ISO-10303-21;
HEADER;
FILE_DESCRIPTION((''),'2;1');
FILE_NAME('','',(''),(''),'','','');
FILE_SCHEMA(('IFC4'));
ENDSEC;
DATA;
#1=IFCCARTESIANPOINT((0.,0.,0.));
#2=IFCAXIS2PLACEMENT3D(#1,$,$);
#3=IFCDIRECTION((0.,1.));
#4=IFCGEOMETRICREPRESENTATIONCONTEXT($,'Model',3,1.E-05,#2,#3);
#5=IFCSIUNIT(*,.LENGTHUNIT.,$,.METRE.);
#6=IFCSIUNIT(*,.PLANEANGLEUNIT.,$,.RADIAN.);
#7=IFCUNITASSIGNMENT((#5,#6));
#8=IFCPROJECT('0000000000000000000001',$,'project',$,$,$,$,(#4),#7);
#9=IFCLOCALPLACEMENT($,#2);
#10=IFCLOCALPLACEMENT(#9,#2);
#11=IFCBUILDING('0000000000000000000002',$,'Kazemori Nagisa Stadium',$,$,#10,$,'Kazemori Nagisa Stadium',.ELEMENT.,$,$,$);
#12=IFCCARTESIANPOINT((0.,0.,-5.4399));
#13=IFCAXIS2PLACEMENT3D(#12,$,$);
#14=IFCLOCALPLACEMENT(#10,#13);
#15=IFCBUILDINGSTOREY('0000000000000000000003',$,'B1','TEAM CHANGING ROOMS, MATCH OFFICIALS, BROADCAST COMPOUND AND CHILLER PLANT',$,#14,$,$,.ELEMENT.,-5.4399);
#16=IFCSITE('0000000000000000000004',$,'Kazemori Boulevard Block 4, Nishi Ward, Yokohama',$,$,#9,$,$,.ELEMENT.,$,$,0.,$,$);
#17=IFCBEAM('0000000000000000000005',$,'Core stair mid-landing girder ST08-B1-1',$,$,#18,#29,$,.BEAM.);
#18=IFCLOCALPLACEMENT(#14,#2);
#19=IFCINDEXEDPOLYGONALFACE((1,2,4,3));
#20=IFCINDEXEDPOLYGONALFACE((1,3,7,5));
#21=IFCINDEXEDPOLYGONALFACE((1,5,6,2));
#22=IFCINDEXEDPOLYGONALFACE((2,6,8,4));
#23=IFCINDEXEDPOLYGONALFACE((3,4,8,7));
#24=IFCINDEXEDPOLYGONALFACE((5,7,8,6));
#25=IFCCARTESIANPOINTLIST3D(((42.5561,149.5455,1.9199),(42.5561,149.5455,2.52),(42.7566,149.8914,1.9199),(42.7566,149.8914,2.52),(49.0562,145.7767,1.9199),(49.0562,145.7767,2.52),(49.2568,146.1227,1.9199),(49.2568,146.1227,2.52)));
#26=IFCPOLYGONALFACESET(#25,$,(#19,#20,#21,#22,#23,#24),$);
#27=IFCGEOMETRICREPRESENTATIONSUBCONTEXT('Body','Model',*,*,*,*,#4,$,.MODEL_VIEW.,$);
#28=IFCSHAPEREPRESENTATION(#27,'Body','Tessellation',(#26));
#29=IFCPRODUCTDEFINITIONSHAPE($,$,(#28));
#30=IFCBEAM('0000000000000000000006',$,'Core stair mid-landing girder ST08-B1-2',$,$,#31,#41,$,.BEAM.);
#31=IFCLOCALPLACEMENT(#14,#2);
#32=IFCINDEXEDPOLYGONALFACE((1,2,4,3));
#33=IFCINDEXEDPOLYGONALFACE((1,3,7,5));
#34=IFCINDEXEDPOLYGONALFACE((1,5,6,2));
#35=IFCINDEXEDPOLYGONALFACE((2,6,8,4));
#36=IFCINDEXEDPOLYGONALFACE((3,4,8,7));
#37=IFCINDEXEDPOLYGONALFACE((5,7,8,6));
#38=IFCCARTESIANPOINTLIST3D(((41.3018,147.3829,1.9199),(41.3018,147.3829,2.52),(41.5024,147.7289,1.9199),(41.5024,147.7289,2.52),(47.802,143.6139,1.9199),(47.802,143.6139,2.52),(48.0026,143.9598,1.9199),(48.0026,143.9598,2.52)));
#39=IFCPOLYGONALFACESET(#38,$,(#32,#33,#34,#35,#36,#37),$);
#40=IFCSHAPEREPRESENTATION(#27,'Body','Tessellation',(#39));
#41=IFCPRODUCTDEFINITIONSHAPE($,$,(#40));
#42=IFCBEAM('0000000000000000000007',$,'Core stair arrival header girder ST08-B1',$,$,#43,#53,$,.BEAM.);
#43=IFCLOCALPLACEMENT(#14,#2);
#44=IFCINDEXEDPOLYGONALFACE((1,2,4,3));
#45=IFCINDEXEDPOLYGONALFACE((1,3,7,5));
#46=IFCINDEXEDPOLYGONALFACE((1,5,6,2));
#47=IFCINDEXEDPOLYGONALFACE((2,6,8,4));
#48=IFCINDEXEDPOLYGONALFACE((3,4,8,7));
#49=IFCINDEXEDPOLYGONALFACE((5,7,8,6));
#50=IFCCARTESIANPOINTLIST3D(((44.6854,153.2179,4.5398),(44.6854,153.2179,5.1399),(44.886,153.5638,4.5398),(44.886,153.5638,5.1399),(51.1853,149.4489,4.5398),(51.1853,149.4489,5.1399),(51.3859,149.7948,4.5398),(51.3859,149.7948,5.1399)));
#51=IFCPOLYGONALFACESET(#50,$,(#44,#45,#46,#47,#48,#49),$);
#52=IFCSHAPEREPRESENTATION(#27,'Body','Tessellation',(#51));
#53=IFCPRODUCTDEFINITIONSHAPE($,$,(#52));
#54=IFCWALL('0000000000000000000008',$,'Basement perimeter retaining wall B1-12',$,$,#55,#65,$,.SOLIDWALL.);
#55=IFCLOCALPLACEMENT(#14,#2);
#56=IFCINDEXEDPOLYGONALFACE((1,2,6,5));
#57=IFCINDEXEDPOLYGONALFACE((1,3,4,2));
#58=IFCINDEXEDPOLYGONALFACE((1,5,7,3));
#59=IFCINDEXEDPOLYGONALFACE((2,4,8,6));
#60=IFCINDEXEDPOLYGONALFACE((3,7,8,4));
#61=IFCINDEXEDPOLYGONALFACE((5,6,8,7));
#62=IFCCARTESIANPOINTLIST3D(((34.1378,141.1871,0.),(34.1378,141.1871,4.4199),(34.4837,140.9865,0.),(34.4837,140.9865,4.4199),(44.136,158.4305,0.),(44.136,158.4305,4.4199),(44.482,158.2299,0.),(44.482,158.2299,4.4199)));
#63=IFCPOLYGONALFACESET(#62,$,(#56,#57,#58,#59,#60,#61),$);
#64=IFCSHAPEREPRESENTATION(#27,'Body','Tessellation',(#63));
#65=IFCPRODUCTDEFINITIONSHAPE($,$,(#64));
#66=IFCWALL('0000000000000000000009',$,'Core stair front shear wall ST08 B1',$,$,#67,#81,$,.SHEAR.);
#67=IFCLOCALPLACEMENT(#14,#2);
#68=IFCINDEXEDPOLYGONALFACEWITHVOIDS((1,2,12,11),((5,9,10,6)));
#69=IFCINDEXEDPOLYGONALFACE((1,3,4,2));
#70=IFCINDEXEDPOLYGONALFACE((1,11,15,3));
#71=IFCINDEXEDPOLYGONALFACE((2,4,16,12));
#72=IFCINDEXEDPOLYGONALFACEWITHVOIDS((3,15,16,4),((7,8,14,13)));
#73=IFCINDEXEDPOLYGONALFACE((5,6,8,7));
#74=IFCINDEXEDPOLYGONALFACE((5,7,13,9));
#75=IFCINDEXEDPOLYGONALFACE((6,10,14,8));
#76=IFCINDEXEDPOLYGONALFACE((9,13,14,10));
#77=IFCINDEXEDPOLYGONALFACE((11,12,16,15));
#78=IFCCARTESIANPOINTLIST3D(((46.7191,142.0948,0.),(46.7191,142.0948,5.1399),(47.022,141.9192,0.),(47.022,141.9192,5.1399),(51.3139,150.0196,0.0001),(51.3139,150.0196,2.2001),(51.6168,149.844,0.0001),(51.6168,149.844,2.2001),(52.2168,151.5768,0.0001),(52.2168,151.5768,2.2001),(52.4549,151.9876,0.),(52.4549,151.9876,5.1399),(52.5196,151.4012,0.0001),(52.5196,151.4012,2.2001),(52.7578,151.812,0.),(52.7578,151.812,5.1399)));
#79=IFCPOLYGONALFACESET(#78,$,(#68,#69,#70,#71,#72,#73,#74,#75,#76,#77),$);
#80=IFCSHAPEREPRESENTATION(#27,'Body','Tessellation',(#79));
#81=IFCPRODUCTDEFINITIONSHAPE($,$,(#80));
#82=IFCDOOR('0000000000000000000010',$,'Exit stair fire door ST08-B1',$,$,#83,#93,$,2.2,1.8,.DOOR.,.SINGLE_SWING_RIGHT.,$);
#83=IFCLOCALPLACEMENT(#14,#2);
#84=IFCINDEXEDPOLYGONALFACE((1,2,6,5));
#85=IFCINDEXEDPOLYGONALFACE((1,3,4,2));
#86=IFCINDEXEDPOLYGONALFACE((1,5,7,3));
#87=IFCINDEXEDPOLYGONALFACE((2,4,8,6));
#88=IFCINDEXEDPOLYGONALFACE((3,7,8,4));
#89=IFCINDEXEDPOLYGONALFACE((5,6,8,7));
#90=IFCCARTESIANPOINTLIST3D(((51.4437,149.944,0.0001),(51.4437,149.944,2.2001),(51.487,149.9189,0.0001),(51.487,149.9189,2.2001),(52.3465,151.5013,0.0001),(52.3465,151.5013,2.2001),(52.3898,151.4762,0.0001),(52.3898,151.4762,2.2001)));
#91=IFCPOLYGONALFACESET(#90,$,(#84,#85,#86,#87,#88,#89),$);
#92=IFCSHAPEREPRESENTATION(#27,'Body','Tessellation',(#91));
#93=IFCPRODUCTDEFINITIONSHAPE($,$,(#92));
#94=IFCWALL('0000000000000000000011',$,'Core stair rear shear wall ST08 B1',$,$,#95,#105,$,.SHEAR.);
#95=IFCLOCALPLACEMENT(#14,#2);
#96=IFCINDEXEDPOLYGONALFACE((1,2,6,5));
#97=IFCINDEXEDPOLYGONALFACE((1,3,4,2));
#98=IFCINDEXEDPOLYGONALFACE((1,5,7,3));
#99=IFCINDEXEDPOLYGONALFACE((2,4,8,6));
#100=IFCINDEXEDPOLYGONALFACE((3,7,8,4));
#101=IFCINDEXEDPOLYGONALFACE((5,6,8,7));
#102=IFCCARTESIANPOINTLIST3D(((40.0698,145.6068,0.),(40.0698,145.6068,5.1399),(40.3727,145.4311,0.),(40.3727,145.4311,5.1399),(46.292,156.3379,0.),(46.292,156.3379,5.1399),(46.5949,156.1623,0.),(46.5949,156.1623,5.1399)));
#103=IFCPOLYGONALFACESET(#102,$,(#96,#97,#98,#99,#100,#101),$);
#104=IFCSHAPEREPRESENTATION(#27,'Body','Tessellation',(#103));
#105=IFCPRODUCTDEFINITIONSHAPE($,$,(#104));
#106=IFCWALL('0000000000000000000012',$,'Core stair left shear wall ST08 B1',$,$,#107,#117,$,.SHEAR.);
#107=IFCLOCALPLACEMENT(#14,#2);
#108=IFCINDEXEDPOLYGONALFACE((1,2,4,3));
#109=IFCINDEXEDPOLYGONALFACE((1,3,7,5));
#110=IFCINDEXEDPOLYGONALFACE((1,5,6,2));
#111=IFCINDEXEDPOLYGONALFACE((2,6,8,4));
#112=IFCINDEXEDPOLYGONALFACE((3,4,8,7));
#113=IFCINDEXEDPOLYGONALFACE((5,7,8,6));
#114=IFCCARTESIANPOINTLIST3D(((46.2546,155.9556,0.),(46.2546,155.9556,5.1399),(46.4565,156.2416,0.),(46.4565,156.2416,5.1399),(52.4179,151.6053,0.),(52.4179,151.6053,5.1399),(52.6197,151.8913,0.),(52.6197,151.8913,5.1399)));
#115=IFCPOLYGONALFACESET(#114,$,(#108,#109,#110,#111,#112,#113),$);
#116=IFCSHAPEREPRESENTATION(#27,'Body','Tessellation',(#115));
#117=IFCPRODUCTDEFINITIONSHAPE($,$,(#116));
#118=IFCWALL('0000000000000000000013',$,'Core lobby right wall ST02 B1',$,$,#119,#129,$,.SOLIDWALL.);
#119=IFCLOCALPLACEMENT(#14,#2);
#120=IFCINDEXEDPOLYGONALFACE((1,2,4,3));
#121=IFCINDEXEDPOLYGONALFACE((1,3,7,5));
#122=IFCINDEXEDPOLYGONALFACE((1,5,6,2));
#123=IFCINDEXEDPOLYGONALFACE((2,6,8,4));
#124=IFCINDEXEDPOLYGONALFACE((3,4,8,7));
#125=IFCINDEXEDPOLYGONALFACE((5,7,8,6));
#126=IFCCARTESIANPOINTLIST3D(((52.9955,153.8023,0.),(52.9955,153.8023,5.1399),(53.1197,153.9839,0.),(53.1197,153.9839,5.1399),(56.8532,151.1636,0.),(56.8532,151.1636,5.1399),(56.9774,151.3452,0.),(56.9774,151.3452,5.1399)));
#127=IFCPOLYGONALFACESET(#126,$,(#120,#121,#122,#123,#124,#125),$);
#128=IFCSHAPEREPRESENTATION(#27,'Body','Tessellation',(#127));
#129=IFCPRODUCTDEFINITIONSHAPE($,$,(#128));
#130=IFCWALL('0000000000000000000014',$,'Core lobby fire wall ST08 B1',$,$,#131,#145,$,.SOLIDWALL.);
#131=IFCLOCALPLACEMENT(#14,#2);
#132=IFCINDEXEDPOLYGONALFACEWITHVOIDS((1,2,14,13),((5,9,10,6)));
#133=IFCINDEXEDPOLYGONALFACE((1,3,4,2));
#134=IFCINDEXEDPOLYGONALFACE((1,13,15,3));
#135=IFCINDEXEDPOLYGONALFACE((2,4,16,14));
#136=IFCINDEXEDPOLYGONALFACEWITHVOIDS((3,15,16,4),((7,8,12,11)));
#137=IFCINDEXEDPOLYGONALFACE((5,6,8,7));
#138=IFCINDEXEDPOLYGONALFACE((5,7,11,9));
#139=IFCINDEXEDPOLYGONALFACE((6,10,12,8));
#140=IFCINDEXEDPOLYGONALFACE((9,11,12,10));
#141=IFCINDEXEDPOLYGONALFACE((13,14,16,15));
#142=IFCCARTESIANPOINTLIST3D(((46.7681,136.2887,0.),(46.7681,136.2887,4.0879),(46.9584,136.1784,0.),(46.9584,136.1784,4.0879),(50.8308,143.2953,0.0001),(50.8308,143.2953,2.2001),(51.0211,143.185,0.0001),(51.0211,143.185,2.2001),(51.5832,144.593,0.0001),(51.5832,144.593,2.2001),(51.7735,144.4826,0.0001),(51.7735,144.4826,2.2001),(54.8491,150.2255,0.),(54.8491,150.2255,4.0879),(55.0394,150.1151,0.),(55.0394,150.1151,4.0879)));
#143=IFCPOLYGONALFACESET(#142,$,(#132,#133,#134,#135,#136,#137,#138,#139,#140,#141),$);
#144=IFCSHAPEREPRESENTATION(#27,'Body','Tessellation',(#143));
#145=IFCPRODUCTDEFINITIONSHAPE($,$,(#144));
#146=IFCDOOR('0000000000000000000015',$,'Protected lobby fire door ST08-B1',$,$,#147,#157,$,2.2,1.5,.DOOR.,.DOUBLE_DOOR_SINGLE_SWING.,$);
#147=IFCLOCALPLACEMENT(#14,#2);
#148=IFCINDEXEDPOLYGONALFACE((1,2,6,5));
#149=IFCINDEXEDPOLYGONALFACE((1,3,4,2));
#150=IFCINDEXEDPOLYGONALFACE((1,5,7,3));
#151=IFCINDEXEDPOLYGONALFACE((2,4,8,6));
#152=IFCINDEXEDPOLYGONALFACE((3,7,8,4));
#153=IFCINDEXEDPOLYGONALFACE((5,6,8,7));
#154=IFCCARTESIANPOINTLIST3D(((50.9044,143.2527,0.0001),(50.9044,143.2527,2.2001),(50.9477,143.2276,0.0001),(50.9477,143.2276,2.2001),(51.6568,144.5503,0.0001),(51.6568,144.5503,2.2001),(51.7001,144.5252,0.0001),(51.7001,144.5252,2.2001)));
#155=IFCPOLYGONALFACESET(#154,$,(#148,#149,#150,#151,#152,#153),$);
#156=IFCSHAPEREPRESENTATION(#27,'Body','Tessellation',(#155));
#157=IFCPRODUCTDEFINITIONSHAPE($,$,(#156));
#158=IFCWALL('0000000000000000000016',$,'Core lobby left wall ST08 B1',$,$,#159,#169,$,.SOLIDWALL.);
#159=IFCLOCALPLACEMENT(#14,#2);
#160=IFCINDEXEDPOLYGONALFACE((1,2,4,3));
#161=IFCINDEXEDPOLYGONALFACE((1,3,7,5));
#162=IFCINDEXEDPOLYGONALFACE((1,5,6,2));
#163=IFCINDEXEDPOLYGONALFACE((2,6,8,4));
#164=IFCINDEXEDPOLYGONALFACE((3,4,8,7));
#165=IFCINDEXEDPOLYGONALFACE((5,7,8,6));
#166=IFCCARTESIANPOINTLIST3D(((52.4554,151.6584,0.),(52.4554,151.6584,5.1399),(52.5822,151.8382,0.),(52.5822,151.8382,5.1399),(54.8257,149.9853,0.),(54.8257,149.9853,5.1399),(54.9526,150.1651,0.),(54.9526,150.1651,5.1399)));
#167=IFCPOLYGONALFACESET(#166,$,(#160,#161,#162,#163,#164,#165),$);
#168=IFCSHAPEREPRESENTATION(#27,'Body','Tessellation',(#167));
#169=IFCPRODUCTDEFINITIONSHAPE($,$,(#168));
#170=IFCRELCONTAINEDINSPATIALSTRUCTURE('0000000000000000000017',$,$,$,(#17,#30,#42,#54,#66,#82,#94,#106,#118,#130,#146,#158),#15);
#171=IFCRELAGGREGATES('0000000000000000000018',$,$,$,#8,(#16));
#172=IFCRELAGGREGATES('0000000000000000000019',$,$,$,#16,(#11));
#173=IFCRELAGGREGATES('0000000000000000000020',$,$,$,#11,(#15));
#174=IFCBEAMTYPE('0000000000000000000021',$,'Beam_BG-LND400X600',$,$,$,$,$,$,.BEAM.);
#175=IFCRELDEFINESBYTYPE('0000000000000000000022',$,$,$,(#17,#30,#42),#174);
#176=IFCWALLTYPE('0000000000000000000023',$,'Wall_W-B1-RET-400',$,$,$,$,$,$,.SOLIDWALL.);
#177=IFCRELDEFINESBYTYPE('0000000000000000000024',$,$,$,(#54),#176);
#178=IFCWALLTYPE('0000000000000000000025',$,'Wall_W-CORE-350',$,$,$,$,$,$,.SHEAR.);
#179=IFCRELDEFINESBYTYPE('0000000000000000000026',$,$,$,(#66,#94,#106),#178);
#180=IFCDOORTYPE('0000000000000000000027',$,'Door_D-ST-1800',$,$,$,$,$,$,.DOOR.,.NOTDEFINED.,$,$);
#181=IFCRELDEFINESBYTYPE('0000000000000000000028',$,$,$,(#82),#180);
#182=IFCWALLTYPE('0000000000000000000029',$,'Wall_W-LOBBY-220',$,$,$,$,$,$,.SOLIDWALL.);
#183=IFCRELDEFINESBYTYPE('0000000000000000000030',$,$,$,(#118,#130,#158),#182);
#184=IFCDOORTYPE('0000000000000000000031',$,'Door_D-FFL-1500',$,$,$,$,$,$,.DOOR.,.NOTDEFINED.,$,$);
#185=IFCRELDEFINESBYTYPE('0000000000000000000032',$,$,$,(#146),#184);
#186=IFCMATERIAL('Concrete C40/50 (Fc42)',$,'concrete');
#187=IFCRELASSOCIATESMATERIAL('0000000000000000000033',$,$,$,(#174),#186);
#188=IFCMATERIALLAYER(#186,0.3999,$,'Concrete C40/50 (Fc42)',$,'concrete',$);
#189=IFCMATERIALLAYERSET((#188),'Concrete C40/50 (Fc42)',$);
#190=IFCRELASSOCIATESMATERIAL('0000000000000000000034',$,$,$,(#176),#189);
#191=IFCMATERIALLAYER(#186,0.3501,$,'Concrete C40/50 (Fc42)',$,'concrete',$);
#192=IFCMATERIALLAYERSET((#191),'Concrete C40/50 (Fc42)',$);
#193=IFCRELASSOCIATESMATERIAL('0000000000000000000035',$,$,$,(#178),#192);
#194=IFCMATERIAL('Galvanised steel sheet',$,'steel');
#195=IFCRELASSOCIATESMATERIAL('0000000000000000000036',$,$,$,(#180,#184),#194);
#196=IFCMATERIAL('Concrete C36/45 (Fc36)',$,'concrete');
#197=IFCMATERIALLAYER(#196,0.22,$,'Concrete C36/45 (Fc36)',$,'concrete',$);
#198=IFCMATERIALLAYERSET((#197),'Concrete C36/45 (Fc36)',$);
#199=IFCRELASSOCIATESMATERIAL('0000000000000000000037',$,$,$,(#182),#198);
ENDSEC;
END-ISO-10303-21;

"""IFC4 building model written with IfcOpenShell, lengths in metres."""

from ifc_helpers import new_model, si_unit, direction, frame, frame_2d, origin, origin_2d, place, context, subcontext, project, spatial, rectangle, extrude, material, layer, layer_set, material_profile, profile_set, type_object, element, fill, save


model = new_model("IFC4")

# Units and contexts
model_context = context("Model", 3, precision=1e-05, world=origin(), true_north=direction((0.0, 1.0)))
body_context = subcontext(model_context, "Body", "Model", "MODEL_VIEW")
ifc_project = project(units=[si_unit("LENGTHUNIT", "METRE"), si_unit("PLANEANGLEUNIT", "RADIAN")], contexts=[model_context])

# Site, building, storey
site_placement = place(None, origin())
site = spatial("IfcSite", under=ifc_project, at=site_placement, Name="Kazemori Boulevard Block 4, Nishi Ward, Yokohama", CompositionType="ELEMENT", RefElevation=0.0)
building_placement = place(site_placement, origin())
building = spatial("IfcBuilding", under=site, at=building_placement, Name="Kazemori Nagisa Stadium", LongName="Kazemori Nagisa Stadium", CompositionType="ELEMENT")
storey_placement = place(building_placement, frame((0.0, 0.0, -5.4399)))
storey = spatial("IfcBuildingStorey", under=building, at=storey_placement, Name="B1", Description="TEAM CHANGING ROOMS, MATCH OFFICIALS, BROADCAST COMPOUND AND CHILLER PLANT", CompositionType="ELEMENT", Elevation=-5.4399)

# Shared definitions
ifc_material_1 = material(Name="Concrete C40/50 (Fc42)", Category="concrete")

# Shared definitions
ifc_material_2 = material(Name="Concrete C36/45 (Fc36)", Category="concrete")

# Beams
ifc_material_profile_1 = material_profile(ifc_material_1, rectangle(XDim=0.3999, YDim=0.6001, at=origin_2d()), Name="RC-BM-400x600")
ifc_profile_set_1 = profile_set([ifc_material_profile_1], Name="Concrete C40/50 (Fc42)")
beam_type = type_object("IfcBeamType", Name="Beam_BG-LND400X600", PredefinedType="BEAM", material=ifc_profile_set_1)
beam_1_placement = place(storey_placement, frame((49.1565, 145.9497, 2.22), z_axis=(-0.865109, 0.501584, 0.0), x_axis=(-0.501584, -0.865109, 0.0)))
element("IfcBeam", 1, at=beam_1_placement, inside=storey, type_object=beam_type, Name="Core stair mid-landing girder ST08-B1-1", PredefinedType="BEAM", context=body_context, shape_type="SweptSolid", body=[
    extrude(rectangle(XDim=0.3999, YDim=0.6001, at=origin_2d()), origin(), (0.0, 0.0, 1.0), 7.5137),
])
beam_2_placement = place(storey_placement, frame((47.9023, 143.7869, 2.22), z_axis=(-0.865095, 0.501609, 0.0), x_axis=(-0.501609, -0.865095, 0.0)))
element("IfcBeam", 2, at=beam_2_placement, inside=storey, type_object=beam_type, Name="Core stair mid-landing girder ST08-B1-2", PredefinedType="BEAM", context=body_context, shape_type="SweptSolid", body=[
    extrude(rectangle(XDim=0.3999, YDim=0.6001, at=origin_2d()), origin(), (0.0, 0.0, 1.0), 7.5139),
])
beam_3_placement = place(storey_placement, frame((51.2856, 149.6218, 4.8398), z_axis=(-0.865086, 0.501623, 0.0), x_axis=(-0.501623, -0.865086, 0.0)))
element("IfcBeam", 3, at=beam_3_placement, inside=storey, type_object=beam_type, Name="Core stair arrival header girder ST08-B1", PredefinedType="BEAM", context=body_context, shape_type="SweptSolid", body=[
    extrude(rectangle(XDim=0.3999, YDim=0.6001, at=origin_2d()), origin(), (0.0, 0.0, 1.0), 7.5137),
])

# Wall
ifc_layer_1 = layer(ifc_material_1, 0.3999, Name="Concrete C40/50 (Fc42)", Category="concrete")
ifc_layer_set_1 = layer_set([ifc_layer_1], Name="Concrete C40/50 (Fc42)")
wall_type_1 = type_object("IfcWallType", Name="Wall_W-B1-RET-400", PredefinedType="SOLIDWALL", material=ifc_layer_set_1)
wall_1_placement = place(storey_placement, frame((44.3091, 158.3303, 0.0), z_axis=(0.0, 0.0, 1.0), x_axis=(-0.50161, -0.865094, 0.0)))
element("IfcWall", 4, at=wall_1_placement, inside=storey, type_object=wall_type_1, Name="Basement perimeter retaining wall B1-12", PredefinedType="SOLIDWALL", context=body_context, shape_type="SweptSolid", body=[
    extrude(rectangle(XDim=19.9324, YDim=0.3999, at=frame_2d((9.9663, 0.0))), origin(), (0.0, 0.0, 1.0), 4.4199),
])

# Wall, opening, door
ifc_layer_2 = layer(ifc_material_1, 0.3501, Name="Concrete C40/50 (Fc42)", Category="concrete")
ifc_layer_set_2 = layer_set([ifc_layer_2], Name="Concrete C40/50 (Fc42)")
wall_type_2 = type_object("IfcWallType", Name="Wall_W-CORE-350", PredefinedType="SHEAR", material=ifc_layer_set_2)
wall_2_placement = place(storey_placement, frame((52.6064, 151.8999, 0.0), z_axis=(0.0, 0.0, 1.0), x_axis=(-0.501587, -0.865107, 0.0)))
wall_2 = element("IfcWall", 5, at=wall_2_placement, inside=storey, type_object=wall_type_2, Name="Core stair front shear wall ST08 B1", PredefinedType="SHEAR", context=body_context, shape_type="SweptSolid", body=[
    extrude(rectangle(XDim=11.4353, YDim=0.3501, at=frame_2d((5.7178, 0.0))), origin(), (0.0, 0.0, 1.0), 5.1399),
])
opening_1_placement = place(wall_2_placement, frame((0.4751, 0.0, 0.0)))
opening_1 = element("IfcOpeningElement", 6, at=opening_1_placement, cuts=wall_2, PredefinedType="OPENING", context=body_context, shape_type="SweptSolid", body=[
    extrude(rectangle(XDim=1.8, YDim=2.2, at=frame_2d((0.8999, 1.1001))), frame((0.0, 0.1851, 0.0), z_axis=(0.0, -1.0, 0.0), x_axis=(1.0, 0.0, 0.0)), (0.0, 0.0, 1.0), 0.3701),
])
ifc_material_3 = material(Name="Galvanised steel sheet", Category="steel")
door_type_1 = type_object("IfcDoorType", Name="Door_D-ST-1800", OperationType="NOTDEFINED", PredefinedType="DOOR", material=ifc_material_3)
door_1_placement = place(opening_1_placement, frame((1.8, 0.0, 0.0), z_axis=(0.0, 0.0, 1.0), x_axis=(-1.0, 0.0, 0.0)))
door_1 = element("IfcDoor", 7, at=door_1_placement, inside=storey, type_object=door_type_1, Name="Exit stair fire door ST08-B1", OperationType="SINGLE_SWING_RIGHT", OverallHeight=2.2, OverallWidth=1.8, PredefinedType="DOOR", context=body_context, shape_type="SweptSolid", body=[
    extrude(rectangle(XDim=1.8, YDim=2.2, at=frame_2d((0.8999, 1.1001))), frame((0.0, 0.0249, 0.0), z_axis=(0.0, -1.0, 0.0), x_axis=(1.0, 0.0, 0.0)), (0.0, 0.0, 1.0), 0.05),
])
fill(opening_1, door_1)

# Walls
wall_3_placement = place(storey_placement, frame((46.4434, 156.25, 0.0), z_axis=(0.0, 0.0, 1.0), x_axis=(-0.501602, -0.865099, 0.0)))
element("IfcWall", 8, at=wall_3_placement, inside=storey, type_object=wall_type_2, Name="Core stair rear shear wall ST08 B1", PredefinedType="SHEAR", context=body_context, shape_type="SweptSolid", body=[
    extrude(rectangle(XDim=12.4045, YDim=0.3501, at=frame_2d((6.2021, 0.0))), origin(), (0.0, 0.0, 1.0), 5.1399),
])
wall_4_placement = place(storey_placement, frame((52.5188, 151.7483, 0.0), z_axis=(0.0, 0.0, 1.0), x_axis=(-0.816983, 0.576662, 0.0)))
element("IfcWall", 9, at=wall_4_placement, inside=storey, type_object=wall_type_2, Name="Core stair left shear wall ST08 B1", PredefinedType="SHEAR", context=body_context, shape_type="SweptSolid", body=[
    extrude(rectangle(XDim=7.5439, YDim=0.3501, at=frame_2d((3.772, 0.0))), origin(), (0.0, 0.0, 1.0), 5.1399),
])
ifc_layer_3 = layer(ifc_material_2, 0.22, Name="Concrete C36/45 (Fc36)", Category="concrete")
ifc_layer_set_3 = layer_set([ifc_layer_3], Name="Concrete C36/45 (Fc36)")
wall_type_3 = type_object("IfcWallType", Name="Wall_W-LOBBY-220", PredefinedType="SOLIDWALL", material=ifc_layer_set_3)
wall_5_placement = place(storey_placement, frame((56.9153, 151.2544, 0.0), z_axis=(0.0, 0.0, 1.0), x_axis=(-0.825385, 0.56457, 0.0)))
element("IfcWall", 10, at=wall_5_placement, inside=storey, type_object=wall_type_3, Name="Core lobby right wall ST02 B1", PredefinedType="SOLIDWALL", context=body_context, shape_type="SweptSolid", body=[
    extrude(rectangle(XDim=4.6738, YDim=0.22, at=frame_2d((2.3369, 0.0))), origin(), (0.0, 0.0, 1.0), 5.1399),
])

# Wall, opening, door
wall_6_placement = place(storey_placement, frame((54.9443, 150.1704, 0.0), z_axis=(0.0, 0.0, 1.0), x_axis=(-0.501613, -0.865092, 0.0)))
wall_6 = element("IfcWall", 11, at=wall_6_placement, inside=storey, type_object=wall_type_3, Name="Core lobby fire wall ST08 B1", PredefinedType="SOLIDWALL", context=body_context, shape_type="SweptSolid", body=[
    extrude(rectangle(XDim=16.1101, YDim=0.22, at=frame_2d((8.0552, 0.0))), origin(), (0.0, 0.0, 1.0), 4.0879),
])
opening_2_placement = place(wall_6_placement, frame((6.511, 0.0, 0.0)))
opening_2 = element("IfcOpeningElement", 12, at=opening_2_placement, cuts=wall_6, PredefinedType="OPENING", context=body_context, shape_type="SweptSolid", body=[
    extrude(rectangle(XDim=1.5, YDim=2.2, at=frame_2d((0.75, 1.1001))), frame((0.0, 0.1199, 0.0), z_axis=(0.0, -1.0, 0.0), x_axis=(1.0, 0.0, 0.0)), (0.0, 0.0, 1.0), 0.24),
])
door_type_2 = type_object("IfcDoorType", Name="Door_D-FFL-1500", OperationType="NOTDEFINED", PredefinedType="DOOR", material=ifc_material_3)
door_2_placement = place(opening_2_placement, frame((1.5, 0.0, 0.0), z_axis=(0.0, 0.0, 1.0), x_axis=(-1.0, 0.0, 0.0)))
door_2 = element("IfcDoor", 13, at=door_2_placement, inside=storey, type_object=door_type_2, Name="Protected lobby fire door ST08-B1", OperationType="DOUBLE_DOOR_SINGLE_SWING", OverallHeight=2.2, OverallWidth=1.5, PredefinedType="DOOR", context=body_context, shape_type="SweptSolid", body=[
    extrude(rectangle(XDim=1.5, YDim=2.2, at=frame_2d((0.75, 1.1001))), frame((0.0, 0.0249, 0.0), z_axis=(0.0, -1.0, 0.0), x_axis=(1.0, 0.0, 0.0)), (0.0, 0.0, 1.0), 0.05),
])
fill(opening_2, door_2)

# Wall
wall_7_placement = place(storey_placement, frame((54.8892, 150.0752, 0.0), z_axis=(0.0, 0.0, 1.0), x_axis=(-0.816984, 0.57666, 0.0)))
element("IfcWall", 14, at=wall_7_placement, inside=storey, type_object=wall_type_3, Name="Core lobby left wall ST08 B1", PredefinedType="SOLIDWALL", context=body_context, shape_type="SweptSolid", body=[
    extrude(rectangle(XDim=2.9014, YDim=0.22, at=frame_2d((1.4507, 0.0))), origin(), (0.0, 0.0, 1.0), 5.1399),
])

save(model, "model.ifc")
